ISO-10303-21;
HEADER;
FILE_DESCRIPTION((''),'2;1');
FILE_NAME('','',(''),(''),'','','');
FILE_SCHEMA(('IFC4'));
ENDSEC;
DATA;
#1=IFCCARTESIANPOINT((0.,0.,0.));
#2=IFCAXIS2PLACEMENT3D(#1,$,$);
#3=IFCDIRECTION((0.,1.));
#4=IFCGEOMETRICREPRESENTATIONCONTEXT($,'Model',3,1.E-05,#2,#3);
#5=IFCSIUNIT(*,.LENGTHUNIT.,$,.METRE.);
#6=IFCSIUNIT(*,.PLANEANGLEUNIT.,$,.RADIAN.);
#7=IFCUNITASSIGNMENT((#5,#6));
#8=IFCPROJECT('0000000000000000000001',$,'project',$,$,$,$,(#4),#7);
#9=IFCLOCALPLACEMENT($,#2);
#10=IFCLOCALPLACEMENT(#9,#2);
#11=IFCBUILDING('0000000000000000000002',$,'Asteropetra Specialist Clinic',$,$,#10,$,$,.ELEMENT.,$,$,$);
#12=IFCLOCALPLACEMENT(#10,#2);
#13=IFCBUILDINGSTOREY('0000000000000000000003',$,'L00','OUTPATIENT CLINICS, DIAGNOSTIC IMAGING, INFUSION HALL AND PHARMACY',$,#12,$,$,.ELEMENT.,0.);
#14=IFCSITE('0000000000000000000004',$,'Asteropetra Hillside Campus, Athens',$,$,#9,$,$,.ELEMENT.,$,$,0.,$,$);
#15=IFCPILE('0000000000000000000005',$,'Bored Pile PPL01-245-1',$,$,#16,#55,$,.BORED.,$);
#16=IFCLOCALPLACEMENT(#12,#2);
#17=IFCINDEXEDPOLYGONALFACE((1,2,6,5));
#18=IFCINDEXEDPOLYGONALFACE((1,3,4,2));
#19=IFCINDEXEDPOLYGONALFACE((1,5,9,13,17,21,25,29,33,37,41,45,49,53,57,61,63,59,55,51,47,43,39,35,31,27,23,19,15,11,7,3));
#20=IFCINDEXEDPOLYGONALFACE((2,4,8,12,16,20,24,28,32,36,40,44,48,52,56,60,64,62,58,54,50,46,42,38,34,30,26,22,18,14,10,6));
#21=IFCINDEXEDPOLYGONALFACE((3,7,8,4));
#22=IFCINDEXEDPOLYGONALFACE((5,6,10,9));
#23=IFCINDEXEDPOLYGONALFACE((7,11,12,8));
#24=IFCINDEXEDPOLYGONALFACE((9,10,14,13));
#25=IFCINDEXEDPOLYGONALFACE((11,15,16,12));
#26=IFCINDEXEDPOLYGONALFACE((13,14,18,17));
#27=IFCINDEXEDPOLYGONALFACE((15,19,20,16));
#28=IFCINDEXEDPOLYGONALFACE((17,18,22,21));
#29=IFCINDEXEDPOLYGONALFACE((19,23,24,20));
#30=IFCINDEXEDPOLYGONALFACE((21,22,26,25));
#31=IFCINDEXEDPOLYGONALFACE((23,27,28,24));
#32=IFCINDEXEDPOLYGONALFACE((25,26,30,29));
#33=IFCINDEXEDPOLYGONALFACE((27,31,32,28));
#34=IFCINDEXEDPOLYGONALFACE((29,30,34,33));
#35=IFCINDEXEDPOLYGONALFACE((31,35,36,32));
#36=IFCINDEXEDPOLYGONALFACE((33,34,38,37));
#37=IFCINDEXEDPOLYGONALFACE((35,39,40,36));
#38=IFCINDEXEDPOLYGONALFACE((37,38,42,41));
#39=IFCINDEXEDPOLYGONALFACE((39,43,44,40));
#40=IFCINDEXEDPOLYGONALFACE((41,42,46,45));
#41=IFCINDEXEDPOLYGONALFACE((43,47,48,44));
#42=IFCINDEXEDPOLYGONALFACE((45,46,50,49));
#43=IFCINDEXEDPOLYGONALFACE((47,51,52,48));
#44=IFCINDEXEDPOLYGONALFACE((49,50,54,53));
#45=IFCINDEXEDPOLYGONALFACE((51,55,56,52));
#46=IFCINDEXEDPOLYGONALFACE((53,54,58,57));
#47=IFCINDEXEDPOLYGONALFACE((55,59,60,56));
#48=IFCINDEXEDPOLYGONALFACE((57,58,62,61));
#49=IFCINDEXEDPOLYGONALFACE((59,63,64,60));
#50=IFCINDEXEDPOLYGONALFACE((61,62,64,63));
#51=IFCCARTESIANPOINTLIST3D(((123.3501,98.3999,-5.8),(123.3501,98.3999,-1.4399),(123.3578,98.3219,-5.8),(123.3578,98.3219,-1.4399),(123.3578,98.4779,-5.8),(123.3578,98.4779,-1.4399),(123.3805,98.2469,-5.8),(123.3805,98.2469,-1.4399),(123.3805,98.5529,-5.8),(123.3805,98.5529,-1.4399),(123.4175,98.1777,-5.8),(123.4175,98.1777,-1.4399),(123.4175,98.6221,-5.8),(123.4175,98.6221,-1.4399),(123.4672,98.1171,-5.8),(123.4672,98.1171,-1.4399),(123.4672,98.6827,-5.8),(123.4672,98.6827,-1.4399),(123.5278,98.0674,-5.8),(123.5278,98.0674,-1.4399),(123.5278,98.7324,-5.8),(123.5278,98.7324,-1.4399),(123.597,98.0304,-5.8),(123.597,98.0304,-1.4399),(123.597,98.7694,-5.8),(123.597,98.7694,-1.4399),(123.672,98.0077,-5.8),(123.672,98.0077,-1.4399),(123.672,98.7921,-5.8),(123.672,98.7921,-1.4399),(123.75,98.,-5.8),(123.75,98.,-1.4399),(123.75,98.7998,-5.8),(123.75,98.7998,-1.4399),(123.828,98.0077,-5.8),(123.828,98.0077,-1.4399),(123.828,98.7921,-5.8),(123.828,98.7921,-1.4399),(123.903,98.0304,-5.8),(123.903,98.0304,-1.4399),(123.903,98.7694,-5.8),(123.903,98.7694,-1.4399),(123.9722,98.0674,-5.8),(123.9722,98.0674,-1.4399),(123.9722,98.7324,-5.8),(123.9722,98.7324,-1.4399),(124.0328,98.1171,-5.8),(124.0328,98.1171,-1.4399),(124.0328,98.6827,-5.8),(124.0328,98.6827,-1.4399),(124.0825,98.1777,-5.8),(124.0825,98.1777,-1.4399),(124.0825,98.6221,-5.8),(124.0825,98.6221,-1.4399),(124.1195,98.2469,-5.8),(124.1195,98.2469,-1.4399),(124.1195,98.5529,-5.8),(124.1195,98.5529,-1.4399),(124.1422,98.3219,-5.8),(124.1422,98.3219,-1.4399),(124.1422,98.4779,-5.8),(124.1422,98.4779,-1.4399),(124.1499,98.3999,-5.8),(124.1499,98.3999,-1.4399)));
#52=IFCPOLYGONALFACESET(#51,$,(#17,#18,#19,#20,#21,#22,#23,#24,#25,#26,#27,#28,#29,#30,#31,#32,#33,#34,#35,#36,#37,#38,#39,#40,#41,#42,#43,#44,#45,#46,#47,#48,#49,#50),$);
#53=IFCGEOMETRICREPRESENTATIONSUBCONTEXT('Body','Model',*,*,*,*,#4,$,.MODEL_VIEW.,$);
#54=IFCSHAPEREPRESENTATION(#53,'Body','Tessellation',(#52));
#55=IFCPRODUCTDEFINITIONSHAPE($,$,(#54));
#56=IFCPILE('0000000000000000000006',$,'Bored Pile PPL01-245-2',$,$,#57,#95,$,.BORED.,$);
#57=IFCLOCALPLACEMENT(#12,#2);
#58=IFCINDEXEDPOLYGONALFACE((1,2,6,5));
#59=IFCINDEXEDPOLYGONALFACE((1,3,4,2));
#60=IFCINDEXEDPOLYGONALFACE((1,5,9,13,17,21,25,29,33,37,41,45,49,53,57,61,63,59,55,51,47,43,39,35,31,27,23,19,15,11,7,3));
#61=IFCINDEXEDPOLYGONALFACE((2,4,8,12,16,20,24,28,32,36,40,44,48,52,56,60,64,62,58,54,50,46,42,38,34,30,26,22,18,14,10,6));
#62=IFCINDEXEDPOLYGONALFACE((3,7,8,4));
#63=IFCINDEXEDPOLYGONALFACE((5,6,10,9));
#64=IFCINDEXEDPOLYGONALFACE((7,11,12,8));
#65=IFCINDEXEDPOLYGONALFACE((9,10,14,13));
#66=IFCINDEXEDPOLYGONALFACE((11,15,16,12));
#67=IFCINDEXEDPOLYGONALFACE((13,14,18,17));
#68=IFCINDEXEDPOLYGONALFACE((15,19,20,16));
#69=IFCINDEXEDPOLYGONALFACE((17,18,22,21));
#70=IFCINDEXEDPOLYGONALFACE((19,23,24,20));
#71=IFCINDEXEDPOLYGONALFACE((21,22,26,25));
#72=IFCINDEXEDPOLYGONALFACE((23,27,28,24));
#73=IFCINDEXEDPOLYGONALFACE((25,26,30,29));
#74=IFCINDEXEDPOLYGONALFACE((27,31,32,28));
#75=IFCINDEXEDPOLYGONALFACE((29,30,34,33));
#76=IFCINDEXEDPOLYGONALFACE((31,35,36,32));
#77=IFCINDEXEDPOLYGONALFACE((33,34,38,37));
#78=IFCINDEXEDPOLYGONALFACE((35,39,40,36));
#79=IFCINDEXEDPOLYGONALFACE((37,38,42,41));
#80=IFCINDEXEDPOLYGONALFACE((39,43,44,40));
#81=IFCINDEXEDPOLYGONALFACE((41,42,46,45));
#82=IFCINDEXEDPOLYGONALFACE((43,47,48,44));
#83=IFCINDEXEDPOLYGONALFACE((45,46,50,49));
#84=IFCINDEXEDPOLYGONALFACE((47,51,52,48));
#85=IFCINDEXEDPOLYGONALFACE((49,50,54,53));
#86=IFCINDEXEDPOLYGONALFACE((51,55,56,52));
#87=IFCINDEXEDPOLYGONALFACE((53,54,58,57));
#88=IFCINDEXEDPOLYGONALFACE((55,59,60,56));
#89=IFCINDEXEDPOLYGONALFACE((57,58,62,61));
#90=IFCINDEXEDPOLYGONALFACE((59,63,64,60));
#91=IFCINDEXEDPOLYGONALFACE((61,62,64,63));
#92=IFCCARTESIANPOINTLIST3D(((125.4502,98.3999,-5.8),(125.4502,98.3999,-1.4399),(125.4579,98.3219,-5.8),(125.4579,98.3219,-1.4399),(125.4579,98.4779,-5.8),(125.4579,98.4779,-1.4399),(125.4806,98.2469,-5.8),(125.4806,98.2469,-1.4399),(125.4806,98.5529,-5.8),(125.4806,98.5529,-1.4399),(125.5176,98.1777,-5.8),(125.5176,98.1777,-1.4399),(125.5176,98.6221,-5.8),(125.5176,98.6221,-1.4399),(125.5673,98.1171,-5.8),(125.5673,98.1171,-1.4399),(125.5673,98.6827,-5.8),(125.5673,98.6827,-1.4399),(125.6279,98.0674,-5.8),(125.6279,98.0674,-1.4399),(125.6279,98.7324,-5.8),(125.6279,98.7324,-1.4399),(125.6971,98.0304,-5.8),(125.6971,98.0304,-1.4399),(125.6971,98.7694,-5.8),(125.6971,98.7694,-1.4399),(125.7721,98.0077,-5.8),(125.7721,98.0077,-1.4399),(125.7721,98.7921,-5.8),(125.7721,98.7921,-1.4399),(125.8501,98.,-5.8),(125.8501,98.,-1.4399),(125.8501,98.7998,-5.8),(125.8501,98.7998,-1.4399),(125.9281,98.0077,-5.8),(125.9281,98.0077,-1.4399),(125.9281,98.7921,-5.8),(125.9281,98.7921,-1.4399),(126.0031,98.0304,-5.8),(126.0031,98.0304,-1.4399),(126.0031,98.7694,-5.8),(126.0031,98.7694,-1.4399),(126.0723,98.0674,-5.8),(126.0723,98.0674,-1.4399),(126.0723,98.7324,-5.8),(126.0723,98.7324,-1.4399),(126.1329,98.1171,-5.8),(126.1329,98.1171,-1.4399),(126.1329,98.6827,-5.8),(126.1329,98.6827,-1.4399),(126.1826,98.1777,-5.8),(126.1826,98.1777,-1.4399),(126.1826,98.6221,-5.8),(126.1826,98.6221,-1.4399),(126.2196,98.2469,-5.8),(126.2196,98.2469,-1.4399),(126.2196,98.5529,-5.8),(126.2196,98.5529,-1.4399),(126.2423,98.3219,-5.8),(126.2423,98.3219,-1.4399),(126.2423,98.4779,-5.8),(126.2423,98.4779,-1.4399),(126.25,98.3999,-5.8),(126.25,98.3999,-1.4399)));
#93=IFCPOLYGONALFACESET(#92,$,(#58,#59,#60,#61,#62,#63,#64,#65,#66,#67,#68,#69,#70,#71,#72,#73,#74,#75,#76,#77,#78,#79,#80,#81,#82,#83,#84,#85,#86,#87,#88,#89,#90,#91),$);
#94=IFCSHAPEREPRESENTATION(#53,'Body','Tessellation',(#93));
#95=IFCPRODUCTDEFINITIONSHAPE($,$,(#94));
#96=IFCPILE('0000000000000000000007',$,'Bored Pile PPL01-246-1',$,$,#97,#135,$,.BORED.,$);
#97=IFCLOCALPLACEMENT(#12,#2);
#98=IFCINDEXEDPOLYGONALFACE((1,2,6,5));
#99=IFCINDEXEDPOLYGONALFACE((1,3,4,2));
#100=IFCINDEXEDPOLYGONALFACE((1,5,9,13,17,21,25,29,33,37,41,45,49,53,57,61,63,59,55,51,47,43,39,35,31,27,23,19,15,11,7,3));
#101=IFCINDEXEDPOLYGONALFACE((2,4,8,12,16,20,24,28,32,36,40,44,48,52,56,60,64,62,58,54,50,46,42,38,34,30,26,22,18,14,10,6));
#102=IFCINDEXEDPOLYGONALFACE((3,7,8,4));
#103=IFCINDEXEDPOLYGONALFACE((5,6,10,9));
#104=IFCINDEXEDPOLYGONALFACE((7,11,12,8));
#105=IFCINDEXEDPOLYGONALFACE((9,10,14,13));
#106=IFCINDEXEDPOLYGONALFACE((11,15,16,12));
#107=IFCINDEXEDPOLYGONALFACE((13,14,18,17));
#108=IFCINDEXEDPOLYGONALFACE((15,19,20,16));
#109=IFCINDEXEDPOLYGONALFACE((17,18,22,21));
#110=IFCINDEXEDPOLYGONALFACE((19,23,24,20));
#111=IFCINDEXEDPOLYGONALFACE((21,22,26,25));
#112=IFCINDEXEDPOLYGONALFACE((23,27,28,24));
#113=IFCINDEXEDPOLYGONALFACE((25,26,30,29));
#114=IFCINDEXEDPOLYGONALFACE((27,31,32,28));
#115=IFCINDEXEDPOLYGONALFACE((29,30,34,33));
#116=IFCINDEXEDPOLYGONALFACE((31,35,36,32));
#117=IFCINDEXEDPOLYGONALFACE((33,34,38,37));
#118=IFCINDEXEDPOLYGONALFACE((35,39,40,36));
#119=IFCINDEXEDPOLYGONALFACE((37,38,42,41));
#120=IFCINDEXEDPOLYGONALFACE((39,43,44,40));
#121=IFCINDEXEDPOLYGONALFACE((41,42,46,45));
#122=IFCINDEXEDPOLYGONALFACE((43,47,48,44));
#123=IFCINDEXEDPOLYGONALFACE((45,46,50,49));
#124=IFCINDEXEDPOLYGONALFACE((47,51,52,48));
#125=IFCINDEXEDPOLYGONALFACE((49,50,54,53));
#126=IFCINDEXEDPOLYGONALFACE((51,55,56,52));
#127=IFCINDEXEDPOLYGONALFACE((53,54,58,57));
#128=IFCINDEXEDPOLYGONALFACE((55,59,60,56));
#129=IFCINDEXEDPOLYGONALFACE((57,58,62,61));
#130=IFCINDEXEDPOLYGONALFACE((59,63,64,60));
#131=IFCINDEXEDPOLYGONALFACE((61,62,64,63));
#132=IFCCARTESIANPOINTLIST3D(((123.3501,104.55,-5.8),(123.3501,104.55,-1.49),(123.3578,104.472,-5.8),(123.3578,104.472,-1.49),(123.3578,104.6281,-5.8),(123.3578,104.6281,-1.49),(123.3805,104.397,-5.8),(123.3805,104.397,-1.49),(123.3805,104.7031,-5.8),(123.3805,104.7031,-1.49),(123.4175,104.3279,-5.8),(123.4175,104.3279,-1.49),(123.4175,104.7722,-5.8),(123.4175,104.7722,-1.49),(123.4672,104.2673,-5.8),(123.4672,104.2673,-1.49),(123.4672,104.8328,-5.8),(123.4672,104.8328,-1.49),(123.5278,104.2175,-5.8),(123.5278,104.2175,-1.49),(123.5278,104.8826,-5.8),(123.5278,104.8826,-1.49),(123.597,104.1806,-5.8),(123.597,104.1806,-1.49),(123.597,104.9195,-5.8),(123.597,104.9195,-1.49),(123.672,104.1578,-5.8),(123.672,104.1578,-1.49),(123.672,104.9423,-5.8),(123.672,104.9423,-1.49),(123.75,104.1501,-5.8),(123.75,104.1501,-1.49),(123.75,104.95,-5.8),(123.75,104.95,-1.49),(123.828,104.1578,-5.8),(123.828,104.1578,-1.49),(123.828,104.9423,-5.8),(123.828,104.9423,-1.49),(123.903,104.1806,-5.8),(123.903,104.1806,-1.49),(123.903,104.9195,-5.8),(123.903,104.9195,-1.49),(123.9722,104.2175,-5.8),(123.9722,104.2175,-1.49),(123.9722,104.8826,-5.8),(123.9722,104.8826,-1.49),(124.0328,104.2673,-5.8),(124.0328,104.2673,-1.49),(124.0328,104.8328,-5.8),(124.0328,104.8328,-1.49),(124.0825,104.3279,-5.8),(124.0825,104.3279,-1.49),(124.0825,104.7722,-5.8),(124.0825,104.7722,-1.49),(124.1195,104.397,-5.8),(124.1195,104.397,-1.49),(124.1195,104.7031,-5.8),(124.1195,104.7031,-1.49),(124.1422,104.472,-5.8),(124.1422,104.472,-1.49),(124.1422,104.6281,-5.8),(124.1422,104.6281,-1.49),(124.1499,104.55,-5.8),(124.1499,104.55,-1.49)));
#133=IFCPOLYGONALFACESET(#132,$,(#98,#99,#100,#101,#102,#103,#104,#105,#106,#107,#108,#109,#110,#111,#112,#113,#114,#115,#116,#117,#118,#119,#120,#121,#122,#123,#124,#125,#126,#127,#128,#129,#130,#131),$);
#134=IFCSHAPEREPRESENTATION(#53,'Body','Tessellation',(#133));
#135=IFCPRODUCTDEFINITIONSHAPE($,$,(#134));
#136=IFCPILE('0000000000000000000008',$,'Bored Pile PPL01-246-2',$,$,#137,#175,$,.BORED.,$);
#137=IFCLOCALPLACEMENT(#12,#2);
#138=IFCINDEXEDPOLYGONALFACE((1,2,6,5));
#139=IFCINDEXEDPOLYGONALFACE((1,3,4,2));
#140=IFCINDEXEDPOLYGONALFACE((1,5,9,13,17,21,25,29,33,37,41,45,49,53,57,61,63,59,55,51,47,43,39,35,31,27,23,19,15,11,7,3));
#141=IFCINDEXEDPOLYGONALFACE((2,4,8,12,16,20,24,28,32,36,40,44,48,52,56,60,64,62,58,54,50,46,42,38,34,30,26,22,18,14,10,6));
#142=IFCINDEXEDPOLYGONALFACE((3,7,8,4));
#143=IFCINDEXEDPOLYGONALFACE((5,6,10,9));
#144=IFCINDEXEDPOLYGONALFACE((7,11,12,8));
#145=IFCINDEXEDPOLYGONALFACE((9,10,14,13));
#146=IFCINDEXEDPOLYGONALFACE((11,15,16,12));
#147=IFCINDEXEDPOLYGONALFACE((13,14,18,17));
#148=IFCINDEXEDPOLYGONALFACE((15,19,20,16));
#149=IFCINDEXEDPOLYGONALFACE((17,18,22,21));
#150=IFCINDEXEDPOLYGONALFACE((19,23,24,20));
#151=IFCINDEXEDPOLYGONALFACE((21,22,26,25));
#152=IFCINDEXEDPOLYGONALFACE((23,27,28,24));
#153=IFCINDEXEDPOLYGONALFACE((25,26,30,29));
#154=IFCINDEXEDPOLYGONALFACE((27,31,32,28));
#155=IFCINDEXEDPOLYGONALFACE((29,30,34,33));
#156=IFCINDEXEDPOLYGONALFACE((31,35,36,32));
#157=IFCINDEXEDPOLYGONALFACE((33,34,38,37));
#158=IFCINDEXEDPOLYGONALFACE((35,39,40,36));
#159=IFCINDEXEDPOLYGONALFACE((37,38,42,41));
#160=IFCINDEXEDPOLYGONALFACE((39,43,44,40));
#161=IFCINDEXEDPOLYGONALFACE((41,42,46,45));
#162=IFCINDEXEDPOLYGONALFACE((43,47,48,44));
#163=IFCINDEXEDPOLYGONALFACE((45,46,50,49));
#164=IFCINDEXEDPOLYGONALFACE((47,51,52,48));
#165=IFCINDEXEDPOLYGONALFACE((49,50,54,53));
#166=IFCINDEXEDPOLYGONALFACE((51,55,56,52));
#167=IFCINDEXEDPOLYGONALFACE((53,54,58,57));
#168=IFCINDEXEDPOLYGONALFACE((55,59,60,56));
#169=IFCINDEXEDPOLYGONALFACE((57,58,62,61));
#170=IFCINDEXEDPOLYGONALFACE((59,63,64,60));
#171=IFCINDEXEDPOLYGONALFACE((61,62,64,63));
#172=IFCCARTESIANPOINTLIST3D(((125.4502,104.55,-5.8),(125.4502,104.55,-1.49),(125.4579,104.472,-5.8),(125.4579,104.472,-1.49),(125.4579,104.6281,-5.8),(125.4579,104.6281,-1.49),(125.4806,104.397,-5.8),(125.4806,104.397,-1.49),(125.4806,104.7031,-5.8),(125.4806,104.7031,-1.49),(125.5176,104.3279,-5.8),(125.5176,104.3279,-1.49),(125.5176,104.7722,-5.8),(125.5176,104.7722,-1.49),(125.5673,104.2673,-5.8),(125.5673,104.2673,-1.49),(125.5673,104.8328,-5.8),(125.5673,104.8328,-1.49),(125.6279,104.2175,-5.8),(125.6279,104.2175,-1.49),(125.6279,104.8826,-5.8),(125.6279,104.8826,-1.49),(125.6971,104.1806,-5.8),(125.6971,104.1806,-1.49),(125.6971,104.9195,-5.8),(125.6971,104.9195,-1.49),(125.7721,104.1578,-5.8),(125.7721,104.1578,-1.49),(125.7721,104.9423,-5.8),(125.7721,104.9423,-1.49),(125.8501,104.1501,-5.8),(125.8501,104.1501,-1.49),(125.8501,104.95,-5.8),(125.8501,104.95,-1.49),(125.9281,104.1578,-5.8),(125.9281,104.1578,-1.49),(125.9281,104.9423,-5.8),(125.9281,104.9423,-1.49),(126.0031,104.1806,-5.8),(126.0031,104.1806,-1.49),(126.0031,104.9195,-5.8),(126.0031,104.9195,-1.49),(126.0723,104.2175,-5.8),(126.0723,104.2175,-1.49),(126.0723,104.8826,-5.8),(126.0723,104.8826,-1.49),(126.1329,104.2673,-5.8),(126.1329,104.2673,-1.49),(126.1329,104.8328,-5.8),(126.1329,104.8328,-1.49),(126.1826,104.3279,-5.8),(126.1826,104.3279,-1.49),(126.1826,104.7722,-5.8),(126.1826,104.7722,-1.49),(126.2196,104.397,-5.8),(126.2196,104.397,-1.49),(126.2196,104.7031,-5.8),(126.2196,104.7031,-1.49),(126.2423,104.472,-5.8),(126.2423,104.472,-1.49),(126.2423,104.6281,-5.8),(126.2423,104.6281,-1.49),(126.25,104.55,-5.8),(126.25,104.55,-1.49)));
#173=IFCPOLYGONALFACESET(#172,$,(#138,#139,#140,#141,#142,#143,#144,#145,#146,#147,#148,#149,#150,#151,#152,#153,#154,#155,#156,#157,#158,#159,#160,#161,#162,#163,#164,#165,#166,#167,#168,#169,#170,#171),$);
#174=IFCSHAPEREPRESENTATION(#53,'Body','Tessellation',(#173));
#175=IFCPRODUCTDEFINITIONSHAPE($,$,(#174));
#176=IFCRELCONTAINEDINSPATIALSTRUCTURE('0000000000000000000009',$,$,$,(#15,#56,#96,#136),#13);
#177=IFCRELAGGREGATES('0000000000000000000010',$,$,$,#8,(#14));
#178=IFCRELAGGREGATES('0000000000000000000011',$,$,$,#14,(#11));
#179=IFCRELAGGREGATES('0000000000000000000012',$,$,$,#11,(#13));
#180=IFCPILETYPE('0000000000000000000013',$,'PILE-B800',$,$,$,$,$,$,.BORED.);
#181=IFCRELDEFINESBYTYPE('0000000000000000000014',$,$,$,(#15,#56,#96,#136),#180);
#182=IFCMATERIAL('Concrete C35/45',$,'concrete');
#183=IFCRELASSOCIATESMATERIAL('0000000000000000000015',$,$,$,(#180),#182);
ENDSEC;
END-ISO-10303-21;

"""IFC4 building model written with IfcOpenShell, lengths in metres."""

from ifc_helpers import new_model, si_unit, direction, frame, origin, origin_2d, place, context, subcontext, project, spatial, circle, extrude, material, material_profile, profile_set, type_object, element, save


model = new_model("IFC4")

# Units and contexts
model_context = context("Model", 3, precision=1e-05, world=origin(), true_north=direction((0.0, 1.0)))
body_context = subcontext(model_context, "Body", "Model", "MODEL_VIEW")
ifc_project = project(units=[si_unit("LENGTHUNIT", "METRE"), si_unit("PLANEANGLEUNIT", "RADIAN")], contexts=[model_context])

# Site, building, storey
site_placement = place(None, origin())
site = spatial("IfcSite", under=ifc_project, at=site_placement, Name="Asteropetra Hillside Campus, Athens", CompositionType="ELEMENT", RefElevation=0.0)
building_placement = place(site_placement, origin())
building = spatial("IfcBuilding", under=site, at=building_placement, Name="Asteropetra Specialist Clinic", CompositionType="ELEMENT")
storey_placement = place(building_placement, origin())
storey = spatial("IfcBuildingStorey", under=building, at=storey_placement, Name="L00", Description="OUTPATIENT CLINICS, DIAGNOSTIC IMAGING, INFUSION HALL AND PHARMACY", CompositionType="ELEMENT", Elevation=0.0)

# Piles
ifc_material_1 = material(Name="Concrete C35/45", Category="concrete")
ifc_material_profile_1 = material_profile(ifc_material_1, circle(Radius=0.3999, at=origin_2d()), Name="PILE D800")
ifc_profile_set_1 = profile_set([ifc_material_profile_1], Name="Concrete C35/45")
pile_type = type_object("IfcPileType", Name="PILE-B800", PredefinedType="BORED", material=ifc_profile_set_1)
for number, where, z_axis, x_axis, name in (
    (1, (123.75, 98.3999, -1.4399), (0.0, 0.0, -1.0), (1.0, 0.0, 0.0), "Bored Pile PPL01-245-1"),
    (2, (125.8501, 98.3999, -1.4399), (0.0, 0.0, -1.0), (1.0, 0.0, 0.0), "Bored Pile PPL01-245-2"),
):
    element("IfcPile", number, at=place(storey_placement, frame(where, z_axis=z_axis, x_axis=x_axis)), inside=storey, type_object=pile_type, Name=name, PredefinedType="BORED", context=body_context, shape_type="SweptSolid", body=[
        extrude(circle(Radius=0.3999, at=origin_2d()), origin(), (0.0, 0.0, 1.0), 4.3601),
    ])
for number, where, z_axis, x_axis, name in (
    (3, (123.75, 104.55, -1.49), (0.0, 0.0, -1.0), (1.0, 0.0, 0.0), "Bored Pile PPL01-246-1"),
    (4, (125.8501, 104.55, -1.49), (0.0, 0.0, -1.0), (1.0, 0.0, 0.0), "Bored Pile PPL01-246-2"),
):
    element("IfcPile", number, at=place(storey_placement, frame(where, z_axis=z_axis, x_axis=x_axis)), inside=storey, type_object=pile_type, Name=name, PredefinedType="BORED", context=body_context, shape_type="SweptSolid", body=[
        extrude(circle(Radius=0.3999, at=origin_2d()), origin(), (0.0, 0.0, 1.0), 4.3101),
    ])

save(model, "model.ifc")
